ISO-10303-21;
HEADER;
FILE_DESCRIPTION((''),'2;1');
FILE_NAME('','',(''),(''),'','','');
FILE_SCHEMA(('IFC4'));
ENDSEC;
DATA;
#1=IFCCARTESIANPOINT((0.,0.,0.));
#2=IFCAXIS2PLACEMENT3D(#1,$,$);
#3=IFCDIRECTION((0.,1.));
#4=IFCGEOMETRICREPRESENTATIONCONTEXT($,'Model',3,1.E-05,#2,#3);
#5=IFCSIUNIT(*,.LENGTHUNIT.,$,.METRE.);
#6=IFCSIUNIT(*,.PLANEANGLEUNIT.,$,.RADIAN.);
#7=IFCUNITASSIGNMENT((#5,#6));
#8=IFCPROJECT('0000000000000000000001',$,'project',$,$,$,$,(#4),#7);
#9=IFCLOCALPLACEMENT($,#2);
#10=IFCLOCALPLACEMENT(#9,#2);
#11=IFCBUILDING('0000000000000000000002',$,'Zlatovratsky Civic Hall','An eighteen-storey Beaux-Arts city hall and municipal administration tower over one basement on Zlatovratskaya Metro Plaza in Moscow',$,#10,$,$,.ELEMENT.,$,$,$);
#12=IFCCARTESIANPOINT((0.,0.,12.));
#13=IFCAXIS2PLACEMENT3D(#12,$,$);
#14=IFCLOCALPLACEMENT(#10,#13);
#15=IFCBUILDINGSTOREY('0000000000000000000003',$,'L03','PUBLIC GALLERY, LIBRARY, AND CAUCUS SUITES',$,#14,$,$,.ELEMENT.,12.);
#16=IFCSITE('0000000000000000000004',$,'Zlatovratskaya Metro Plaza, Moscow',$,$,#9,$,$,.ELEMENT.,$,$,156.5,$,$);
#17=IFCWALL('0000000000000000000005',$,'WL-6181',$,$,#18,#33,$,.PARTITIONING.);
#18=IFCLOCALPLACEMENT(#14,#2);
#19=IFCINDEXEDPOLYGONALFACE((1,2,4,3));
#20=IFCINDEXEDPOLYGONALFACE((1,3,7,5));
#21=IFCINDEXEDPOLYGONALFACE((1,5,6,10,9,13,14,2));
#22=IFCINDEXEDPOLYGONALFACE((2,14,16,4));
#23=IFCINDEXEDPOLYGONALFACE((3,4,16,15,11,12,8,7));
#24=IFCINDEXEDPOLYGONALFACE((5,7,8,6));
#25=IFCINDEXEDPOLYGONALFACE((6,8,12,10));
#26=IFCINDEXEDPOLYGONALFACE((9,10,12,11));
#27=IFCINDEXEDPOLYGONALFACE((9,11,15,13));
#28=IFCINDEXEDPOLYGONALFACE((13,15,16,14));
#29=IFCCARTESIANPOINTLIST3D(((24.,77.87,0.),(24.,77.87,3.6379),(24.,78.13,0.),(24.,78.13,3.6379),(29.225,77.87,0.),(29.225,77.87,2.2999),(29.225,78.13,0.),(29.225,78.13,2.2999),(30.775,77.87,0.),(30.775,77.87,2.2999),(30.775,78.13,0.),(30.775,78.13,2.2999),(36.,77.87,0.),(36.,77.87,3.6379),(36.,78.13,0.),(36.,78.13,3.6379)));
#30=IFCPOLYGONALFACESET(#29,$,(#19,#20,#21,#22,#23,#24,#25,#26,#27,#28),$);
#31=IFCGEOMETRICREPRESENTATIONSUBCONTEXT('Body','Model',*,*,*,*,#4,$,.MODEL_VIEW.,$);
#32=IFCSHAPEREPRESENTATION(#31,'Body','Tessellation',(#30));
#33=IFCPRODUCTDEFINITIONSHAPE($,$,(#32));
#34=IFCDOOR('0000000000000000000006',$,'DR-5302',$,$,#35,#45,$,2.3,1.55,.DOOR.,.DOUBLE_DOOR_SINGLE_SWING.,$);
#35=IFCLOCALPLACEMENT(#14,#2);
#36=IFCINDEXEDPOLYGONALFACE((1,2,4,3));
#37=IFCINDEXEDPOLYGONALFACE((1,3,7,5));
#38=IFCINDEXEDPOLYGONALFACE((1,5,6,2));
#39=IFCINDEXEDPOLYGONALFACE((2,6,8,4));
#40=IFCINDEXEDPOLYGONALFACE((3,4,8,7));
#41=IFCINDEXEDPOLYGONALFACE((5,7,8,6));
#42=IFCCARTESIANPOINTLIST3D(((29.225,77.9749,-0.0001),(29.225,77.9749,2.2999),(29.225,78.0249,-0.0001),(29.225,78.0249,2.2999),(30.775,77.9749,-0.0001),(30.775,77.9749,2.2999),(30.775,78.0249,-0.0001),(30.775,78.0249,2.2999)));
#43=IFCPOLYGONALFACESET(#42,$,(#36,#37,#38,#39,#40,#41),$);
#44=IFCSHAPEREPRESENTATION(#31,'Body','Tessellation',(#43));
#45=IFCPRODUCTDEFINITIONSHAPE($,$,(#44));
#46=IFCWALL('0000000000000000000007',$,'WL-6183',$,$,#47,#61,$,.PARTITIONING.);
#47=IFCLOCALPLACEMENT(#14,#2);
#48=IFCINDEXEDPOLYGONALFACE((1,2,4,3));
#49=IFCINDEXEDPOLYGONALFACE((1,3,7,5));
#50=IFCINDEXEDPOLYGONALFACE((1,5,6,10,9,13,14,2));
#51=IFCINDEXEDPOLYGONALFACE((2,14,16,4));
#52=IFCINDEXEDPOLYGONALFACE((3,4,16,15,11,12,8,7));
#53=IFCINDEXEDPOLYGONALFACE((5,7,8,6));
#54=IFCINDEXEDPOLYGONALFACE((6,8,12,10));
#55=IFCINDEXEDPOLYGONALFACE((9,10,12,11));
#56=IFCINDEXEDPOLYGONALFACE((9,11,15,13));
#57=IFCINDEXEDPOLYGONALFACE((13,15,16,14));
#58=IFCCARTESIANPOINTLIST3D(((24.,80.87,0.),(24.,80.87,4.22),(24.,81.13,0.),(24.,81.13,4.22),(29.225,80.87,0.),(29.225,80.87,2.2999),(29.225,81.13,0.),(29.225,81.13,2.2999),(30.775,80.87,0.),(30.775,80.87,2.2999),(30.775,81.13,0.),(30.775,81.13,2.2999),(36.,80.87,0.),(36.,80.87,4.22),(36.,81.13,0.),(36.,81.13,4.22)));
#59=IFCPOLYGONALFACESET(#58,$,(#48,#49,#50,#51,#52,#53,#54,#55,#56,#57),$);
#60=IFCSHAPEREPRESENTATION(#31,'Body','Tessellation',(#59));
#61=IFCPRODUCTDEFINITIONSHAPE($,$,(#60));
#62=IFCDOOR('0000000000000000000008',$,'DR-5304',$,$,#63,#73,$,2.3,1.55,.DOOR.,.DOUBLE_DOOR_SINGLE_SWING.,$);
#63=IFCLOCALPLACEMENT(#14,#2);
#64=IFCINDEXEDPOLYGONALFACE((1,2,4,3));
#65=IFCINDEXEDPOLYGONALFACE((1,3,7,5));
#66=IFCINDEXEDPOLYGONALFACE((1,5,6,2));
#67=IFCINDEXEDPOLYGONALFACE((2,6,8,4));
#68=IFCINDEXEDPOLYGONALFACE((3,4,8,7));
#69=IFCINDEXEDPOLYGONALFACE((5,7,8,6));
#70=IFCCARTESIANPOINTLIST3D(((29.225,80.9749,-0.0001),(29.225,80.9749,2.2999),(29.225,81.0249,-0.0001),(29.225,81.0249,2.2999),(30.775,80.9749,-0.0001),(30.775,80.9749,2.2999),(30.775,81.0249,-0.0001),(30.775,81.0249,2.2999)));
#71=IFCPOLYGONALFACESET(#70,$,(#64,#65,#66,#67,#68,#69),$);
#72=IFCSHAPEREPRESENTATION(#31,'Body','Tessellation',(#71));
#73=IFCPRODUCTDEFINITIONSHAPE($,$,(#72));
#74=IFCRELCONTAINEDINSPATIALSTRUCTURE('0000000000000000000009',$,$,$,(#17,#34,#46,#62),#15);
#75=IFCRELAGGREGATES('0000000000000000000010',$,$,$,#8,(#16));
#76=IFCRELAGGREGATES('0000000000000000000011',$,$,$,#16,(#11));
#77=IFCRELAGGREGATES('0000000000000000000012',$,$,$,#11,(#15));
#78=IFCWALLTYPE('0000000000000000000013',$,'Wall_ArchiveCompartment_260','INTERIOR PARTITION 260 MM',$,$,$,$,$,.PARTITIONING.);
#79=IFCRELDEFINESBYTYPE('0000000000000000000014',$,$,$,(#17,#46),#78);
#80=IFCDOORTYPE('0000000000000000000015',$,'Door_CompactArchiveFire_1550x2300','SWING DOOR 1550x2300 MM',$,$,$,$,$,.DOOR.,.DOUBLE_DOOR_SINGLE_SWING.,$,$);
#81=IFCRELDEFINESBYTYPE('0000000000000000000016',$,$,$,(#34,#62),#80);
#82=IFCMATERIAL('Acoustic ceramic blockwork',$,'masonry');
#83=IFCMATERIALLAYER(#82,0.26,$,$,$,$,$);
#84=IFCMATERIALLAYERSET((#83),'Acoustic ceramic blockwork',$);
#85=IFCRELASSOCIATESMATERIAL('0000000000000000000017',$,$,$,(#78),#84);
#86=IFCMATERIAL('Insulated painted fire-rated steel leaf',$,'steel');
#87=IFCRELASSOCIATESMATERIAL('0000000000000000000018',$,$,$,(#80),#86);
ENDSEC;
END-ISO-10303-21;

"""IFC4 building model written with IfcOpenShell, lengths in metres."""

from ifc_helpers import new_model, si_unit, direction, frame, frame_2d, origin, place, context, subcontext, project, spatial, rectangle, extrude, material, layer, layer_set, type_object, element, fill, save


model = new_model("IFC4")

# Units and contexts
model_context = context("Model", 3, precision=1e-05, world=origin(), true_north=direction((0.0, 1.0)))
body_context = subcontext(model_context, "Body", "Model", "MODEL_VIEW")
ifc_project = project(units=[si_unit("LENGTHUNIT", "METRE"), si_unit("PLANEANGLEUNIT", "RADIAN")], contexts=[model_context])

# Site, building, storey
site_placement = place(None, origin())
site = spatial("IfcSite", under=ifc_project, at=site_placement, Name="Zlatovratskaya Metro Plaza, Moscow", CompositionType="ELEMENT", RefElevation=156.5)
building_placement = place(site_placement, origin())
building = spatial("IfcBuilding", under=site, at=building_placement, Name="Zlatovratsky Civic Hall", Description="An eighteen-storey Beaux-Arts city hall and municipal administration tower over one basement on Zlatovratskaya Metro Plaza in Moscow", CompositionType="ELEMENT")
storey_placement = place(building_placement, frame((0.0, 0.0, 12.0)))
storey = spatial("IfcBuildingStorey", under=building, at=storey_placement, Name="L03", Description="PUBLIC GALLERY, LIBRARY, AND CAUCUS SUITES", CompositionType="ELEMENT", Elevation=12.0)

# Walls, openings, doors
ifc_material_1 = material(Name="Acoustic ceramic blockwork", Category="masonry")
ifc_layer_1 = layer(ifc_material_1, 0.26)
ifc_layer_set_1 = layer_set([ifc_layer_1], Name="Acoustic ceramic blockwork")
wall_type = type_object("IfcWallType", Name="Wall_ArchiveCompartment_260", Description="INTERIOR PARTITION 260 MM", PredefinedType="PARTITIONING", material=ifc_layer_set_1)
wall_1_placement = place(storey_placement, frame((24.0, 78.0, 0.0), z_axis=(0.0, 0.0, 1.0), x_axis=(1.0, 0.0, 0.0)))
wall_1 = element("IfcWall", 1, at=wall_1_placement, inside=storey, type_object=wall_type, Name="WL-6181", PredefinedType="PARTITIONING", context=body_context, shape_type="SweptSolid", body=[
    extrude(rectangle(XDim=12.0, YDim=0.26, at=frame_2d((6.0, 0.0))), origin(), (0.0, 0.0, 1.0), 3.6379),
])
opening_1_placement = place(wall_1_placement, frame((5.2251, 0.0, 0.0)))
opening_1 = element("IfcOpeningElement", 2, at=opening_1_placement, cuts=wall_1, PredefinedType="OPENING", context=body_context, shape_type="SweptSolid", body=[
    extrude(rectangle(XDim=1.55, YDim=2.3, at=frame_2d((0.7749, 1.1499))), frame((0.0, 0.145, 0.0), z_axis=(0.0, -1.0, 0.0), x_axis=(1.0, 0.0, 0.0)), (0.0, 0.0, 1.0), 0.2898),
])
ifc_material_2 = material(Name="Insulated painted fire-rated steel leaf", Category="steel")
door_type = type_object("IfcDoorType", Name="Door_CompactArchiveFire_1550x2300", Description="SWING DOOR 1550x2300 MM", OperationType="DOUBLE_DOOR_SINGLE_SWING", PredefinedType="DOOR", material=ifc_material_2)
door_1_placement = place(opening_1_placement, origin())
door_1 = element("IfcDoor", 3, at=door_1_placement, inside=storey, type_object=door_type, Name="DR-5302", OperationType="DOUBLE_DOOR_SINGLE_SWING", OverallHeight=2.3, OverallWidth=1.55, PredefinedType="DOOR", context=body_context, shape_type="SweptSolid", body=[
    extrude(rectangle(XDim=1.55, YDim=2.3, at=frame_2d((0.7749, 1.1499))), frame((0.0, 0.0249, 0.0), z_axis=(0.0, -1.0, 0.0), x_axis=(1.0, 0.0, 0.0)), (0.0, 0.0, 1.0), 0.05),
])
fill(opening_1, door_1)
wall_2_placement = place(storey_placement, frame((24.0, 81.0, 0.0), z_axis=(0.0, 0.0, 1.0), x_axis=(1.0, 0.0, 0.0)))
wall_2 = element("IfcWall", 4, at=wall_2_placement, inside=storey, type_object=wall_type, Name="WL-6183", PredefinedType="PARTITIONING", context=body_context, shape_type="SweptSolid", body=[
    extrude(rectangle(XDim=12.0, YDim=0.26, at=frame_2d((6.0, 0.0))), origin(), (0.0, 0.0, 1.0), 4.22),
])
opening_2_placement = place(wall_2_placement, frame((5.2251, 0.0, 0.0)))
opening_2 = element("IfcOpeningElement", 5, at=opening_2_placement, cuts=wall_2, PredefinedType="OPENING", context=body_context, shape_type="SweptSolid", body=[
    extrude(rectangle(XDim=1.55, YDim=2.3, at=frame_2d((0.7749, 1.1499))), frame((0.0, 0.145, 0.0), z_axis=(0.0, -1.0, 0.0), x_axis=(1.0, 0.0, 0.0)), (0.0, 0.0, 1.0), 0.2898),
])
door_2_placement = place(opening_2_placement, origin())
door_2 = element("IfcDoor", 6, at=door_2_placement, inside=storey, type_object=door_type, Name="DR-5304", OperationType="DOUBLE_DOOR_SINGLE_SWING", OverallHeight=2.3, OverallWidth=1.55, PredefinedType="DOOR", context=body_context, shape_type="SweptSolid", body=[
    extrude(rectangle(XDim=1.55, YDim=2.3, at=frame_2d((0.7749, 1.1499))), frame((0.0, 0.0249, 0.0), z_axis=(0.0, -1.0, 0.0), x_axis=(1.0, 0.0, 0.0)), (0.0, 0.0, 1.0), 0.05),
])
fill(opening_2, door_2)

save(model, "model.ifc")
